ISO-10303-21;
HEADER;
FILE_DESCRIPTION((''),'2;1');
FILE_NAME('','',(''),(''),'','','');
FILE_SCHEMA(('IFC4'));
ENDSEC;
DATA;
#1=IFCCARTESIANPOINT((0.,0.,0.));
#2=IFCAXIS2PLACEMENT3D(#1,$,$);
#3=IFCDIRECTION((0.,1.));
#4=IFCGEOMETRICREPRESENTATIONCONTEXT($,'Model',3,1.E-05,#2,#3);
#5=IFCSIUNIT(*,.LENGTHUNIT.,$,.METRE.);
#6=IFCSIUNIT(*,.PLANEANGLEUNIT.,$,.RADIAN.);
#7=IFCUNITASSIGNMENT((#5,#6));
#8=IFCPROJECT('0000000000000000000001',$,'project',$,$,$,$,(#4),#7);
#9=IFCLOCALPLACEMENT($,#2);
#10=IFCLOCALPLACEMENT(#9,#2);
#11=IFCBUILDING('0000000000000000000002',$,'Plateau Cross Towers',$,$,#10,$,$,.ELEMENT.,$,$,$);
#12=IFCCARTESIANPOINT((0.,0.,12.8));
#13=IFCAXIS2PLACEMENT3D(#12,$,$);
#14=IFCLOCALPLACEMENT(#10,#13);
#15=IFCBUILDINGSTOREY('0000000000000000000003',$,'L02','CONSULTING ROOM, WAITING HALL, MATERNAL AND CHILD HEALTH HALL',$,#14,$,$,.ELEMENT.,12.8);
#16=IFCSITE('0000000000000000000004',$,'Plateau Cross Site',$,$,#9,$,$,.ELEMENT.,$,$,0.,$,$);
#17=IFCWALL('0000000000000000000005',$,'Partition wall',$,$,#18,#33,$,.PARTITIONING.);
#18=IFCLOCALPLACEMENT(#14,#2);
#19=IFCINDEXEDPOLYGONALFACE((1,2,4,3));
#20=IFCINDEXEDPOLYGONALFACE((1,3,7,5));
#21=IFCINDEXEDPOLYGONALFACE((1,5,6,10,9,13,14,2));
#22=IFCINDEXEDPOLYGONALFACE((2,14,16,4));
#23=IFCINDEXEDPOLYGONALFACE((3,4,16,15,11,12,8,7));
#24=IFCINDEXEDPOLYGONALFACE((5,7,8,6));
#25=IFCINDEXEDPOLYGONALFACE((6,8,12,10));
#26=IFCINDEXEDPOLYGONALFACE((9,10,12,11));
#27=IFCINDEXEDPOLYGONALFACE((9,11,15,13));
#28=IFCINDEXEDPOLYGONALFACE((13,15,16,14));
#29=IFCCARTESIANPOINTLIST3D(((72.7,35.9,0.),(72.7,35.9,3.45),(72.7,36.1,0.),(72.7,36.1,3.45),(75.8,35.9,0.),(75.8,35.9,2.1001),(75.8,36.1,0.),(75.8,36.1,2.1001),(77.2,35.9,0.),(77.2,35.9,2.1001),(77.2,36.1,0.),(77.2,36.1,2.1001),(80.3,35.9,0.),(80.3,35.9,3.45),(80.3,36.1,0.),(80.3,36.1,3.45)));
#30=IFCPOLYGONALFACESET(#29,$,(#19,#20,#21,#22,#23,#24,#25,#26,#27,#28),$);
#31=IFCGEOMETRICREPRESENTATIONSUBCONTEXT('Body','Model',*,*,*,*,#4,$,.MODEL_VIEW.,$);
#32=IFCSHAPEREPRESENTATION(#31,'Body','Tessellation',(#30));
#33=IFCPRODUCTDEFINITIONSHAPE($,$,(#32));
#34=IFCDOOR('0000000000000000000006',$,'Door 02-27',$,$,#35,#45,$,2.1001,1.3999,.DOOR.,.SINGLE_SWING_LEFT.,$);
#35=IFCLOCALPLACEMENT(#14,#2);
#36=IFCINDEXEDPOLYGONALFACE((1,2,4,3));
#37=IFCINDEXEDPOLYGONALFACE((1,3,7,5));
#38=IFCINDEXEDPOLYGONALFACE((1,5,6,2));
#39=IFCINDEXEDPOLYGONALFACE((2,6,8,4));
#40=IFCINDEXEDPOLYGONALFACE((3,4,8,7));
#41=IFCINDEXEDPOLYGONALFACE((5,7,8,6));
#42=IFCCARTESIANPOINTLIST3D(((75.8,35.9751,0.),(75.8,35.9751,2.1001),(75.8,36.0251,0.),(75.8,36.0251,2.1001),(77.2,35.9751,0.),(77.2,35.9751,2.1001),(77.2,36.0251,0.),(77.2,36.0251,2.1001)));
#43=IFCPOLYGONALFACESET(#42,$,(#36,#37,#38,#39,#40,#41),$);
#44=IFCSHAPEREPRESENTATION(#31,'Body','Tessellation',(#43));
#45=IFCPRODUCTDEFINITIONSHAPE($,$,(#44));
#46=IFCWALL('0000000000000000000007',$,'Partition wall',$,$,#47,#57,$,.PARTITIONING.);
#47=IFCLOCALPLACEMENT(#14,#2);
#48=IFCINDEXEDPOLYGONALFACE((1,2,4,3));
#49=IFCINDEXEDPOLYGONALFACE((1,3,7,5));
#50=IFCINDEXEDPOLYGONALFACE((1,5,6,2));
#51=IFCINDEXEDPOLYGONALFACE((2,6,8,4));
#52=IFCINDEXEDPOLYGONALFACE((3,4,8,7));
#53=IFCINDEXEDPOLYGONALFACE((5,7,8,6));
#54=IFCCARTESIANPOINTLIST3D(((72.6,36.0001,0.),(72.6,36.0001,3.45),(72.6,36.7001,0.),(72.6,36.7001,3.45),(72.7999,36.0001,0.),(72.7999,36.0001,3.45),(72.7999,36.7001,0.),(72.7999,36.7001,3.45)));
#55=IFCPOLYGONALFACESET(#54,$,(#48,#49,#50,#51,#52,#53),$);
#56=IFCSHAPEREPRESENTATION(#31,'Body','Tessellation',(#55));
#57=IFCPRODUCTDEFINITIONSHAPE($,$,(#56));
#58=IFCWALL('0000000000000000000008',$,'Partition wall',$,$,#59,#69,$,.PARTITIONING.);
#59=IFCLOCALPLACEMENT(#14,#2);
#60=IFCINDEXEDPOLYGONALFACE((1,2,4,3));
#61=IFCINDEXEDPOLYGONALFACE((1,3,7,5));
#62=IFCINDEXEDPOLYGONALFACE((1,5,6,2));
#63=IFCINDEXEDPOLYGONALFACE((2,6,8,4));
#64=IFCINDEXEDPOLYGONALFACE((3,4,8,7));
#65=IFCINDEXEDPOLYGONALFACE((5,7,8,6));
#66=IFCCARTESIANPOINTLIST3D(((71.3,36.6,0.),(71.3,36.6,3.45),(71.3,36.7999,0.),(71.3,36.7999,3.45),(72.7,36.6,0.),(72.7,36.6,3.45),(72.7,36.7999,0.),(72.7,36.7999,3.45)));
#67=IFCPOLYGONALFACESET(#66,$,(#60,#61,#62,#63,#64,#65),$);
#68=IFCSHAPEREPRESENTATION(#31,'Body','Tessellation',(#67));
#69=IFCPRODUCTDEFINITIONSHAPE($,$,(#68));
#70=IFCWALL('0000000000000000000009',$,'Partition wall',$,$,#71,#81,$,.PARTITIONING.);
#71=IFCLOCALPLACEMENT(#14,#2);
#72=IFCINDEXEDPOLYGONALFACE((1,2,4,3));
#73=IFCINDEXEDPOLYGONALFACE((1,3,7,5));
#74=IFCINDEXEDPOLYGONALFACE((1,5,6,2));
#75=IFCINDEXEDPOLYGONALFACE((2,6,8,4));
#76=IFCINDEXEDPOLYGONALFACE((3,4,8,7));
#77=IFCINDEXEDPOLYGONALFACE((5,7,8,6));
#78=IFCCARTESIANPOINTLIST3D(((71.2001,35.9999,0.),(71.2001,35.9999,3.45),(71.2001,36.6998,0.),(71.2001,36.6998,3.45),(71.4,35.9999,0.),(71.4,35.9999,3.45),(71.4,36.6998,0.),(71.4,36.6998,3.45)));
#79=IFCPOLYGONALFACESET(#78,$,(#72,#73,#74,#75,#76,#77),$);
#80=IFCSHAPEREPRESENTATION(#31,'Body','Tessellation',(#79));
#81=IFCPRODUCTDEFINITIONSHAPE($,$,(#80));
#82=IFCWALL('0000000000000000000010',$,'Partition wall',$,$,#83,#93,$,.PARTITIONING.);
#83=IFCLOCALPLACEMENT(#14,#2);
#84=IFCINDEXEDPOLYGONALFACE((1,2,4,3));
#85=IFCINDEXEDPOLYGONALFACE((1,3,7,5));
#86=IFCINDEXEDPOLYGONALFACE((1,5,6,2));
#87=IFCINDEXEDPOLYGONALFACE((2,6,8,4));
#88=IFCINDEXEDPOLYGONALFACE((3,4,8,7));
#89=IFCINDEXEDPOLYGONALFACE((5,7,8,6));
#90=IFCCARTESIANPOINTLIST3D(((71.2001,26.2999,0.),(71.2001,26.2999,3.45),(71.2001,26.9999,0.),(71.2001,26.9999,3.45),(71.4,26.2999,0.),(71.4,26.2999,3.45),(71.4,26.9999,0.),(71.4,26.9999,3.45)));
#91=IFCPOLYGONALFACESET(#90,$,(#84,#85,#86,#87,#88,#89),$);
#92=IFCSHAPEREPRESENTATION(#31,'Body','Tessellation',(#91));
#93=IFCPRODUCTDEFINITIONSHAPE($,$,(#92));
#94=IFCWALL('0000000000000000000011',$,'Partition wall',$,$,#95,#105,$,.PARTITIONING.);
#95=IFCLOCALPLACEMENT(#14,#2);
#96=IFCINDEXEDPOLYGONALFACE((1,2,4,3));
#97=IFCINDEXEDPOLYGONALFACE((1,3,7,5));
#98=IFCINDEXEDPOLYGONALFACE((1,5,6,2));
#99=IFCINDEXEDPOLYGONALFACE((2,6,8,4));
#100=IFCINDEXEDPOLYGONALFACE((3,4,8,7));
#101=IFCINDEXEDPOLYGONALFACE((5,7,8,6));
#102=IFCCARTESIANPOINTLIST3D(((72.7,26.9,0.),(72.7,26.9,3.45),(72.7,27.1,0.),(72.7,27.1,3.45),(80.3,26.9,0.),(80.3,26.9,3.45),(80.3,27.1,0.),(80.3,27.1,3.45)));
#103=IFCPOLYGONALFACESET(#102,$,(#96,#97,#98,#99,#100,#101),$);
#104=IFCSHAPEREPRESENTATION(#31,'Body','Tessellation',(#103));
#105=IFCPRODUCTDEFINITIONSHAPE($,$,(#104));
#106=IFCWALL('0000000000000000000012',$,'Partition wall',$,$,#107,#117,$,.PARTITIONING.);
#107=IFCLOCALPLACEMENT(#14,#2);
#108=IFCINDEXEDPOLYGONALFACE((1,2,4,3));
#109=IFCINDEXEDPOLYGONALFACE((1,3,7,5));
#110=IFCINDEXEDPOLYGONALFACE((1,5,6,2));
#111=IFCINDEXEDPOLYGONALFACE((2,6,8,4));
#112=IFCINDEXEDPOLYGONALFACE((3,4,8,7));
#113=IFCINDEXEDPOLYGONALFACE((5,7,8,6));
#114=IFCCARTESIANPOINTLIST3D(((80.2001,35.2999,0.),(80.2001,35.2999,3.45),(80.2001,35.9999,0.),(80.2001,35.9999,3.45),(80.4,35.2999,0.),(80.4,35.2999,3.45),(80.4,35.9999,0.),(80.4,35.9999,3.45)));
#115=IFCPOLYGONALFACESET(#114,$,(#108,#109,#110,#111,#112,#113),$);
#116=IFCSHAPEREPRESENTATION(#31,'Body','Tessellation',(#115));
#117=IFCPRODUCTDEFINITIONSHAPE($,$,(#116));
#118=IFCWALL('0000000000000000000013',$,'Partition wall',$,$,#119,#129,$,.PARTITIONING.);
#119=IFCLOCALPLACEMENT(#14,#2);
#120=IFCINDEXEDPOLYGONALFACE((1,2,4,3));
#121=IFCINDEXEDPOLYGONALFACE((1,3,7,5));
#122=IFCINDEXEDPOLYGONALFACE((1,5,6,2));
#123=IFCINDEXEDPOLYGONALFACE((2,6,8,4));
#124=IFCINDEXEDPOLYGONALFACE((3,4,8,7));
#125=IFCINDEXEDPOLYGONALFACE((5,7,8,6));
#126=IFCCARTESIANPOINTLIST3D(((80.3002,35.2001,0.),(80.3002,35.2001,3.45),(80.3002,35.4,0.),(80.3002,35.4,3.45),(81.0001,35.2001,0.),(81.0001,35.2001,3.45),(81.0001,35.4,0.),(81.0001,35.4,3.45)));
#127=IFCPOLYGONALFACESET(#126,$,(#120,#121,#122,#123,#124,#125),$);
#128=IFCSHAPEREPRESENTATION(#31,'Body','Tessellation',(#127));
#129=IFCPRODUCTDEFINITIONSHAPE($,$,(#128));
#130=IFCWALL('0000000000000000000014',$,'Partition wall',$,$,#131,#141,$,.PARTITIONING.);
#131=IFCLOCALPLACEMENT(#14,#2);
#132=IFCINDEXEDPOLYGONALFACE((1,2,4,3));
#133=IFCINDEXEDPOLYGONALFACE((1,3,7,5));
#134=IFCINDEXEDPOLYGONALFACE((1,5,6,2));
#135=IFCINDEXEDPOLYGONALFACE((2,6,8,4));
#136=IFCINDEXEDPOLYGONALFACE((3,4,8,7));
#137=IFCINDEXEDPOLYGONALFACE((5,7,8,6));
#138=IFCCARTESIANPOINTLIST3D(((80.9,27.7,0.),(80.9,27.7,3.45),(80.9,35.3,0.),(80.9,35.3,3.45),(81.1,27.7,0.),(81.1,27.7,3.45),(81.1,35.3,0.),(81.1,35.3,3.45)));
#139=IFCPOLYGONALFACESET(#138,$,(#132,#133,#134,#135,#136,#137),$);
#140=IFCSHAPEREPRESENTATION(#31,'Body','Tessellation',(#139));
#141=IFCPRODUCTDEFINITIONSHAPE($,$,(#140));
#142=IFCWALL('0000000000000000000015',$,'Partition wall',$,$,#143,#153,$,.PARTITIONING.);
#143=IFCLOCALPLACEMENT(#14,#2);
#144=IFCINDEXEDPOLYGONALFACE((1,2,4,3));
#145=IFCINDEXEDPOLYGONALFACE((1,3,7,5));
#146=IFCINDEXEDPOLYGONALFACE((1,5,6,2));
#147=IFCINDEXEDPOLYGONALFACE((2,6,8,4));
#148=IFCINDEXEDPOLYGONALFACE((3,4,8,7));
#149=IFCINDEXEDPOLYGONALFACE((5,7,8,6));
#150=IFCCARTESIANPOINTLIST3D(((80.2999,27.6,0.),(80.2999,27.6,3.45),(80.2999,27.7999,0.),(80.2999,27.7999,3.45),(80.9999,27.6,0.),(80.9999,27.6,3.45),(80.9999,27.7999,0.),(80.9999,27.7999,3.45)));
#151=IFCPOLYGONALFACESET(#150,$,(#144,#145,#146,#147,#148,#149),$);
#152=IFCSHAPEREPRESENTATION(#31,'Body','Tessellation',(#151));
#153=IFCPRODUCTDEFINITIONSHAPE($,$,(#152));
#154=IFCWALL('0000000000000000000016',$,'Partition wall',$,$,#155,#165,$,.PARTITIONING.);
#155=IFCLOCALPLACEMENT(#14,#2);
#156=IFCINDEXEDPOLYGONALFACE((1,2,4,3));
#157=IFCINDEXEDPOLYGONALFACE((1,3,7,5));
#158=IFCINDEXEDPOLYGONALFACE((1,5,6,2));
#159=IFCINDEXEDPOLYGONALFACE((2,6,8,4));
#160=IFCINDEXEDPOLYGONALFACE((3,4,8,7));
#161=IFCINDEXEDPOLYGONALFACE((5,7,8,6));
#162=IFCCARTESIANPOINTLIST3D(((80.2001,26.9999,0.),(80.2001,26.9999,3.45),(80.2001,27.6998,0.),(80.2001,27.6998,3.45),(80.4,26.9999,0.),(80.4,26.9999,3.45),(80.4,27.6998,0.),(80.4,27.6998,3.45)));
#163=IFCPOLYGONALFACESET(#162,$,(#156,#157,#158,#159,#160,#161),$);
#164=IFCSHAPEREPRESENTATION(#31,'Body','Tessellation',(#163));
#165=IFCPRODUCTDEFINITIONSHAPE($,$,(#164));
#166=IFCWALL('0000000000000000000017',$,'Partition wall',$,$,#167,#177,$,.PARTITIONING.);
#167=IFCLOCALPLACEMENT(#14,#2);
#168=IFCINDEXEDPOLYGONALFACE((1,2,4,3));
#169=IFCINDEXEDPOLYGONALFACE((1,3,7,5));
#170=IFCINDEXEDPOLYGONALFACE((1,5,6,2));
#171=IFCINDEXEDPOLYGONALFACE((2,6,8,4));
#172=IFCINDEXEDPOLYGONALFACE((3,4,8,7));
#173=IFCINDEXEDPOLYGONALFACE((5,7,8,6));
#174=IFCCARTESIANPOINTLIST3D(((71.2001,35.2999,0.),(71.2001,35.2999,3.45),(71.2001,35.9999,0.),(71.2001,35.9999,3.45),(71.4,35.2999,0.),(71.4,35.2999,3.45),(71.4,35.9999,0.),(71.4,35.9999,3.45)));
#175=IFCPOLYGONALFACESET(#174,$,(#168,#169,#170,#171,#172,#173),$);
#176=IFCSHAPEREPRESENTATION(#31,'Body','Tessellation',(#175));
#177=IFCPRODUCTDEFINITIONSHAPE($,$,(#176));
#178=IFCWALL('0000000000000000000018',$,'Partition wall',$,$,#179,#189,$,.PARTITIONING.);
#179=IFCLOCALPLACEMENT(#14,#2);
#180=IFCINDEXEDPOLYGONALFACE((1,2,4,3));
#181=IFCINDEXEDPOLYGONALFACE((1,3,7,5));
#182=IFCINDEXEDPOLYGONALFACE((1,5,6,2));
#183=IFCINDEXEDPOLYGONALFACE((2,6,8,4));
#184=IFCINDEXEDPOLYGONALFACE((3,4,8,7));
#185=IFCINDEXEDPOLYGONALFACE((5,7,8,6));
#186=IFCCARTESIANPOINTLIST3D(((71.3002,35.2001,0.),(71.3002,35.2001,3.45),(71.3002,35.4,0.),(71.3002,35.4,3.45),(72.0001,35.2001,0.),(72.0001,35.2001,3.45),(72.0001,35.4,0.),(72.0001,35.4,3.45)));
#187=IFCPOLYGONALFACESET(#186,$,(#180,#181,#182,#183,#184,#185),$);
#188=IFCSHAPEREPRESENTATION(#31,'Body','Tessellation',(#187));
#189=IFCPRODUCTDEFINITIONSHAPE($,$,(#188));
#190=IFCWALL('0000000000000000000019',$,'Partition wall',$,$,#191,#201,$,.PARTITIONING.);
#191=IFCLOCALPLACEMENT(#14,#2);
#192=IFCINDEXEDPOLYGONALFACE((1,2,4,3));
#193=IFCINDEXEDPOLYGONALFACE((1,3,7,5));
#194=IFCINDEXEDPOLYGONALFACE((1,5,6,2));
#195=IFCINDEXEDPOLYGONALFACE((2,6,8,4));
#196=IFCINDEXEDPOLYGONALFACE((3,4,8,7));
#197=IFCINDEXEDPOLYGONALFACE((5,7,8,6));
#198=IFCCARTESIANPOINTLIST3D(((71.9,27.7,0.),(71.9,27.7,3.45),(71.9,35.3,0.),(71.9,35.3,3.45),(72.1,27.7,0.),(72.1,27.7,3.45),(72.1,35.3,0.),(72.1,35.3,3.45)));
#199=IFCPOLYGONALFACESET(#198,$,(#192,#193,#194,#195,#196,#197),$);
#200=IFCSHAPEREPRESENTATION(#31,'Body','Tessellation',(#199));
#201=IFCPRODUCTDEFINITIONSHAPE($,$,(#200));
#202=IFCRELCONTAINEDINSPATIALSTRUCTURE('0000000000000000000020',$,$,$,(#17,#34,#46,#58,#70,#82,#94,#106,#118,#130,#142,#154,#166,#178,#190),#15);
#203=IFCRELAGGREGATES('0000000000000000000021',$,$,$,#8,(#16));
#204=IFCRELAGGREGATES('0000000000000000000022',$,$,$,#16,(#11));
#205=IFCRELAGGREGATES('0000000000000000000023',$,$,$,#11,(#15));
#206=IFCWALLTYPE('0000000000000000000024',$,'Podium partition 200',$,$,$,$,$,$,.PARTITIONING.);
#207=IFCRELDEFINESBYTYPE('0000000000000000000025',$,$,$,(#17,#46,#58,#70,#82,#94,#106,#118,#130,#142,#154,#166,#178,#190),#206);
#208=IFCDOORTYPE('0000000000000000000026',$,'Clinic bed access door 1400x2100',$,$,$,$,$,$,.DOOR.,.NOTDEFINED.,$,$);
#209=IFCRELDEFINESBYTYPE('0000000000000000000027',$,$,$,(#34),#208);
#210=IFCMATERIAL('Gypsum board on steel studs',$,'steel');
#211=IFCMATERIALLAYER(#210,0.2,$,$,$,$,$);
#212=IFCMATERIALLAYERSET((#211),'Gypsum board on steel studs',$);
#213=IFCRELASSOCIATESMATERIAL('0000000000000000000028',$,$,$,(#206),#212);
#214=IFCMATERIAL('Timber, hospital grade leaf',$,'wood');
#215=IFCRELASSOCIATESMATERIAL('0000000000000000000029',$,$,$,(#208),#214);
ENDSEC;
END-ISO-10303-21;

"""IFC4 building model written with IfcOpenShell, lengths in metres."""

from ifc_helpers import new_model, si_unit, direction, frame, frame_2d, origin, place, context, subcontext, project, spatial, rectangle, extrude, material, layer, layer_set, type_object, element, fill, save


model = new_model("IFC4")

# Units and contexts
model_context = context("Model", 3, precision=1e-05, world=origin(), true_north=direction((0.0, 1.0)))
body_context = subcontext(model_context, "Body", "Model", "MODEL_VIEW")
ifc_project = project(units=[si_unit("LENGTHUNIT", "METRE"), si_unit("PLANEANGLEUNIT", "RADIAN")], contexts=[model_context])

# Site, building, storey
site_placement = place(None, origin())
site = spatial("IfcSite", under=ifc_project, at=site_placement, Name="Plateau Cross Site", CompositionType="ELEMENT", RefElevation=0.0)
building_placement = place(site_placement, origin())
building = spatial("IfcBuilding", under=site, at=building_placement, Name="Plateau Cross Towers", CompositionType="ELEMENT")
storey_placement = place(building_placement, frame((0.0, 0.0, 12.8)))
storey = spatial("IfcBuildingStorey", under=building, at=storey_placement, Name="L02", Description="CONSULTING ROOM, WAITING HALL, MATERNAL AND CHILD HEALTH HALL", CompositionType="ELEMENT", Elevation=12.8)

# Shared definitions
ifc_material_1 = material(Name="Gypsum board on steel studs", Category="steel")
ifc_layer_1 = layer(ifc_material_1, 0.2)
ifc_layer_set_1 = layer_set([ifc_layer_1], Name="Gypsum board on steel studs")
wall_type_1 = type_object("IfcWallType", Name="Podium partition 200", PredefinedType="PARTITIONING", material=ifc_layer_set_1)

# Wall, opening, door
wall_1_placement = place(storey_placement, frame((80.3, 36.0, 0.0), z_axis=(0.0, 0.0, 1.0), x_axis=(-1.0, 0.0, 0.0)))
wall_1 = element("IfcWall", 1, at=wall_1_placement, inside=storey, type_object=wall_type_1, Name="Partition wall", PredefinedType="PARTITIONING", context=body_context, shape_type="SweptSolid", body=[
    extrude(rectangle(XDim=7.6001, YDim=0.2, at=frame_2d((3.8, 0.0))), origin(), (0.0, 0.0, 1.0), 3.45),
])
opening_1_placement = place(wall_1_placement, frame((3.1001, 0.0, 0.0)))
opening_1 = element("IfcOpeningElement", 2, at=opening_1_placement, cuts=wall_1, PredefinedType="OPENING", context=body_context, shape_type="SweptSolid", body=[
    extrude(rectangle(XDim=1.3999, YDim=2.1001, at=frame_2d((0.7, 1.05))), frame((0.0, 0.1099, 0.0), z_axis=(0.0, -1.0, 0.0), x_axis=(1.0, 0.0, 0.0)), (0.0, 0.0, 1.0), 0.22),
])
ifc_material_2 = material(Name="Timber, hospital grade leaf", Category="wood")
door_type_1 = type_object("IfcDoorType", Name="Clinic bed access door 1400x2100", OperationType="NOTDEFINED", PredefinedType="DOOR", material=ifc_material_2)
door_1_placement = place(opening_1_placement, origin())
door_1 = element("IfcDoor", 3, at=door_1_placement, inside=storey, type_object=door_type_1, Name="Door 02-27", OperationType="SINGLE_SWING_LEFT", OverallHeight=2.1001, OverallWidth=1.3999, PredefinedType="DOOR", context=body_context, shape_type="SweptSolid", body=[
    extrude(rectangle(XDim=1.3999, YDim=2.1001, at=frame_2d((0.7, 1.05))), frame((0.0, 0.0249, 0.0), z_axis=(0.0, -1.0, 0.0), x_axis=(1.0, 0.0, 0.0)), (0.0, 0.0, 1.0), 0.05),
])
fill(opening_1, door_1)

# Walls
wall_2_placement = place(storey_placement, frame((72.7, 36.0, 0.0), z_axis=(0.0, 0.0, 1.0), x_axis=(0.0, 1.0, 0.0)))
element("IfcWall", 4, at=wall_2_placement, inside=storey, type_object=wall_type_1, Name="Partition wall", PredefinedType="PARTITIONING", context=body_context, shape_type="SweptSolid", body=[
    extrude(rectangle(XDim=0.7, YDim=0.2, at=frame_2d((0.3501, 0.0))), origin(), (0.0, 0.0, 1.0), 3.45),
])
wall_3_placement = place(storey_placement, frame((72.7, 36.7, 0.0), z_axis=(0.0, 0.0, 1.0), x_axis=(-1.0, 0.0, 0.0)))
element("IfcWall", 5, at=wall_3_placement, inside=storey, type_object=wall_type_1, Name="Partition wall", PredefinedType="PARTITIONING", context=body_context, shape_type="SweptSolid", body=[
    extrude(rectangle(XDim=1.3999, YDim=0.2, at=frame_2d((0.7, 0.0))), origin(), (0.0, 0.0, 1.0), 3.45),
])
for number, where, z_axis, x_axis, name in (
    (6, (71.3, 36.7, 0.0), (0.0, 0.0, 1.0), (0.0, -1.0, 0.0), "Partition wall"),
    (7, (71.3, 27.0, 0.0), (0.0, 0.0, 1.0), (0.0, -1.0, 0.0), "Partition wall"),
):
    element("IfcWall", number, at=place(storey_placement, frame(where, z_axis=z_axis, x_axis=x_axis)), inside=storey, type_object=wall_type_1, Name=name, PredefinedType="PARTITIONING", context=body_context, shape_type="SweptSolid", body=[
        extrude(rectangle(XDim=0.7, YDim=0.2, at=frame_2d((0.3501, 0.0))), origin(), (0.0, 0.0, 1.0), 3.45),
    ])
wall_4_placement = place(storey_placement, frame((72.7, 27.0, 0.0), z_axis=(0.0, 0.0, 1.0), x_axis=(1.0, 0.0, 0.0)))
element("IfcWall", 8, at=wall_4_placement, inside=storey, type_object=wall_type_1, Name="Partition wall", PredefinedType="PARTITIONING", context=body_context, shape_type="SweptSolid", body=[
    extrude(rectangle(XDim=7.6001, YDim=0.2, at=frame_2d((3.8, 0.0))), origin(), (0.0, 0.0, 1.0), 3.45),
])
for number, where, z_axis, x_axis, name in (
    (9, (80.3, 36.0, 0.0), (0.0, 0.0, 1.0), (0.0, -1.0, 0.0), "Partition wall"),
    (10, (80.3, 35.3, 0.0), (0.0, 0.0, 1.0), (1.0, 0.0, 0.0), "Partition wall"),
):
    element("IfcWall", number, at=place(storey_placement, frame(where, z_axis=z_axis, x_axis=x_axis)), inside=storey, type_object=wall_type_1, Name=name, PredefinedType="PARTITIONING", context=body_context, shape_type="SweptSolid", body=[
        extrude(rectangle(XDim=0.7, YDim=0.2, at=frame_2d((0.3501, 0.0))), origin(), (0.0, 0.0, 1.0), 3.45),
    ])
wall_5_placement = place(storey_placement, frame((81.0, 35.3, 0.0), z_axis=(0.0, 0.0, 1.0), x_axis=(0.0, -1.0, 0.0)))
element("IfcWall", 11, at=wall_5_placement, inside=storey, type_object=wall_type_1, Name="Partition wall", PredefinedType="PARTITIONING", context=body_context, shape_type="SweptSolid", body=[
    extrude(rectangle(XDim=7.6001, YDim=0.2, at=frame_2d((3.8, 0.0))), origin(), (0.0, 0.0, 1.0), 3.45),
])
for number, where, z_axis, x_axis, name in (
    (12, (81.0, 27.7, 0.0), (0.0, 0.0, 1.0), (-1.0, 0.0, 0.0), "Partition wall"),
    (13, (80.3, 27.7, 0.0), (0.0, 0.0, 1.0), (0.0, -1.0, 0.0), "Partition wall"),
    (14, (71.3, 36.0, 0.0), (0.0, 0.0, 1.0), (0.0, -1.0, 0.0), "Partition wall"),
    (15, (71.3, 35.3, 0.0), (0.0, 0.0, 1.0), (1.0, 0.0, 0.0), "Partition wall"),
):
    element("IfcWall", number, at=place(storey_placement, frame(where, z_axis=z_axis, x_axis=x_axis)), inside=storey, type_object=wall_type_1, Name=name, PredefinedType="PARTITIONING", context=body_context, shape_type="SweptSolid", body=[
        extrude(rectangle(XDim=0.7, YDim=0.2, at=frame_2d((0.3501, 0.0))), origin(), (0.0, 0.0, 1.0), 3.45),
    ])
wall_6_placement = place(storey_placement, frame((72.0, 35.3, 0.0), z_axis=(0.0, 0.0, 1.0), x_axis=(0.0, -1.0, 0.0)))
element("IfcWall", 16, at=wall_6_placement, inside=storey, type_object=wall_type_1, Name="Partition wall", PredefinedType="PARTITIONING", context=body_context, shape_type="SweptSolid", body=[
    extrude(rectangle(XDim=7.6001, YDim=0.2, at=frame_2d((3.8, 0.0))), origin(), (0.0, 0.0, 1.0), 3.45),
])

save(model, "model.ifc")
